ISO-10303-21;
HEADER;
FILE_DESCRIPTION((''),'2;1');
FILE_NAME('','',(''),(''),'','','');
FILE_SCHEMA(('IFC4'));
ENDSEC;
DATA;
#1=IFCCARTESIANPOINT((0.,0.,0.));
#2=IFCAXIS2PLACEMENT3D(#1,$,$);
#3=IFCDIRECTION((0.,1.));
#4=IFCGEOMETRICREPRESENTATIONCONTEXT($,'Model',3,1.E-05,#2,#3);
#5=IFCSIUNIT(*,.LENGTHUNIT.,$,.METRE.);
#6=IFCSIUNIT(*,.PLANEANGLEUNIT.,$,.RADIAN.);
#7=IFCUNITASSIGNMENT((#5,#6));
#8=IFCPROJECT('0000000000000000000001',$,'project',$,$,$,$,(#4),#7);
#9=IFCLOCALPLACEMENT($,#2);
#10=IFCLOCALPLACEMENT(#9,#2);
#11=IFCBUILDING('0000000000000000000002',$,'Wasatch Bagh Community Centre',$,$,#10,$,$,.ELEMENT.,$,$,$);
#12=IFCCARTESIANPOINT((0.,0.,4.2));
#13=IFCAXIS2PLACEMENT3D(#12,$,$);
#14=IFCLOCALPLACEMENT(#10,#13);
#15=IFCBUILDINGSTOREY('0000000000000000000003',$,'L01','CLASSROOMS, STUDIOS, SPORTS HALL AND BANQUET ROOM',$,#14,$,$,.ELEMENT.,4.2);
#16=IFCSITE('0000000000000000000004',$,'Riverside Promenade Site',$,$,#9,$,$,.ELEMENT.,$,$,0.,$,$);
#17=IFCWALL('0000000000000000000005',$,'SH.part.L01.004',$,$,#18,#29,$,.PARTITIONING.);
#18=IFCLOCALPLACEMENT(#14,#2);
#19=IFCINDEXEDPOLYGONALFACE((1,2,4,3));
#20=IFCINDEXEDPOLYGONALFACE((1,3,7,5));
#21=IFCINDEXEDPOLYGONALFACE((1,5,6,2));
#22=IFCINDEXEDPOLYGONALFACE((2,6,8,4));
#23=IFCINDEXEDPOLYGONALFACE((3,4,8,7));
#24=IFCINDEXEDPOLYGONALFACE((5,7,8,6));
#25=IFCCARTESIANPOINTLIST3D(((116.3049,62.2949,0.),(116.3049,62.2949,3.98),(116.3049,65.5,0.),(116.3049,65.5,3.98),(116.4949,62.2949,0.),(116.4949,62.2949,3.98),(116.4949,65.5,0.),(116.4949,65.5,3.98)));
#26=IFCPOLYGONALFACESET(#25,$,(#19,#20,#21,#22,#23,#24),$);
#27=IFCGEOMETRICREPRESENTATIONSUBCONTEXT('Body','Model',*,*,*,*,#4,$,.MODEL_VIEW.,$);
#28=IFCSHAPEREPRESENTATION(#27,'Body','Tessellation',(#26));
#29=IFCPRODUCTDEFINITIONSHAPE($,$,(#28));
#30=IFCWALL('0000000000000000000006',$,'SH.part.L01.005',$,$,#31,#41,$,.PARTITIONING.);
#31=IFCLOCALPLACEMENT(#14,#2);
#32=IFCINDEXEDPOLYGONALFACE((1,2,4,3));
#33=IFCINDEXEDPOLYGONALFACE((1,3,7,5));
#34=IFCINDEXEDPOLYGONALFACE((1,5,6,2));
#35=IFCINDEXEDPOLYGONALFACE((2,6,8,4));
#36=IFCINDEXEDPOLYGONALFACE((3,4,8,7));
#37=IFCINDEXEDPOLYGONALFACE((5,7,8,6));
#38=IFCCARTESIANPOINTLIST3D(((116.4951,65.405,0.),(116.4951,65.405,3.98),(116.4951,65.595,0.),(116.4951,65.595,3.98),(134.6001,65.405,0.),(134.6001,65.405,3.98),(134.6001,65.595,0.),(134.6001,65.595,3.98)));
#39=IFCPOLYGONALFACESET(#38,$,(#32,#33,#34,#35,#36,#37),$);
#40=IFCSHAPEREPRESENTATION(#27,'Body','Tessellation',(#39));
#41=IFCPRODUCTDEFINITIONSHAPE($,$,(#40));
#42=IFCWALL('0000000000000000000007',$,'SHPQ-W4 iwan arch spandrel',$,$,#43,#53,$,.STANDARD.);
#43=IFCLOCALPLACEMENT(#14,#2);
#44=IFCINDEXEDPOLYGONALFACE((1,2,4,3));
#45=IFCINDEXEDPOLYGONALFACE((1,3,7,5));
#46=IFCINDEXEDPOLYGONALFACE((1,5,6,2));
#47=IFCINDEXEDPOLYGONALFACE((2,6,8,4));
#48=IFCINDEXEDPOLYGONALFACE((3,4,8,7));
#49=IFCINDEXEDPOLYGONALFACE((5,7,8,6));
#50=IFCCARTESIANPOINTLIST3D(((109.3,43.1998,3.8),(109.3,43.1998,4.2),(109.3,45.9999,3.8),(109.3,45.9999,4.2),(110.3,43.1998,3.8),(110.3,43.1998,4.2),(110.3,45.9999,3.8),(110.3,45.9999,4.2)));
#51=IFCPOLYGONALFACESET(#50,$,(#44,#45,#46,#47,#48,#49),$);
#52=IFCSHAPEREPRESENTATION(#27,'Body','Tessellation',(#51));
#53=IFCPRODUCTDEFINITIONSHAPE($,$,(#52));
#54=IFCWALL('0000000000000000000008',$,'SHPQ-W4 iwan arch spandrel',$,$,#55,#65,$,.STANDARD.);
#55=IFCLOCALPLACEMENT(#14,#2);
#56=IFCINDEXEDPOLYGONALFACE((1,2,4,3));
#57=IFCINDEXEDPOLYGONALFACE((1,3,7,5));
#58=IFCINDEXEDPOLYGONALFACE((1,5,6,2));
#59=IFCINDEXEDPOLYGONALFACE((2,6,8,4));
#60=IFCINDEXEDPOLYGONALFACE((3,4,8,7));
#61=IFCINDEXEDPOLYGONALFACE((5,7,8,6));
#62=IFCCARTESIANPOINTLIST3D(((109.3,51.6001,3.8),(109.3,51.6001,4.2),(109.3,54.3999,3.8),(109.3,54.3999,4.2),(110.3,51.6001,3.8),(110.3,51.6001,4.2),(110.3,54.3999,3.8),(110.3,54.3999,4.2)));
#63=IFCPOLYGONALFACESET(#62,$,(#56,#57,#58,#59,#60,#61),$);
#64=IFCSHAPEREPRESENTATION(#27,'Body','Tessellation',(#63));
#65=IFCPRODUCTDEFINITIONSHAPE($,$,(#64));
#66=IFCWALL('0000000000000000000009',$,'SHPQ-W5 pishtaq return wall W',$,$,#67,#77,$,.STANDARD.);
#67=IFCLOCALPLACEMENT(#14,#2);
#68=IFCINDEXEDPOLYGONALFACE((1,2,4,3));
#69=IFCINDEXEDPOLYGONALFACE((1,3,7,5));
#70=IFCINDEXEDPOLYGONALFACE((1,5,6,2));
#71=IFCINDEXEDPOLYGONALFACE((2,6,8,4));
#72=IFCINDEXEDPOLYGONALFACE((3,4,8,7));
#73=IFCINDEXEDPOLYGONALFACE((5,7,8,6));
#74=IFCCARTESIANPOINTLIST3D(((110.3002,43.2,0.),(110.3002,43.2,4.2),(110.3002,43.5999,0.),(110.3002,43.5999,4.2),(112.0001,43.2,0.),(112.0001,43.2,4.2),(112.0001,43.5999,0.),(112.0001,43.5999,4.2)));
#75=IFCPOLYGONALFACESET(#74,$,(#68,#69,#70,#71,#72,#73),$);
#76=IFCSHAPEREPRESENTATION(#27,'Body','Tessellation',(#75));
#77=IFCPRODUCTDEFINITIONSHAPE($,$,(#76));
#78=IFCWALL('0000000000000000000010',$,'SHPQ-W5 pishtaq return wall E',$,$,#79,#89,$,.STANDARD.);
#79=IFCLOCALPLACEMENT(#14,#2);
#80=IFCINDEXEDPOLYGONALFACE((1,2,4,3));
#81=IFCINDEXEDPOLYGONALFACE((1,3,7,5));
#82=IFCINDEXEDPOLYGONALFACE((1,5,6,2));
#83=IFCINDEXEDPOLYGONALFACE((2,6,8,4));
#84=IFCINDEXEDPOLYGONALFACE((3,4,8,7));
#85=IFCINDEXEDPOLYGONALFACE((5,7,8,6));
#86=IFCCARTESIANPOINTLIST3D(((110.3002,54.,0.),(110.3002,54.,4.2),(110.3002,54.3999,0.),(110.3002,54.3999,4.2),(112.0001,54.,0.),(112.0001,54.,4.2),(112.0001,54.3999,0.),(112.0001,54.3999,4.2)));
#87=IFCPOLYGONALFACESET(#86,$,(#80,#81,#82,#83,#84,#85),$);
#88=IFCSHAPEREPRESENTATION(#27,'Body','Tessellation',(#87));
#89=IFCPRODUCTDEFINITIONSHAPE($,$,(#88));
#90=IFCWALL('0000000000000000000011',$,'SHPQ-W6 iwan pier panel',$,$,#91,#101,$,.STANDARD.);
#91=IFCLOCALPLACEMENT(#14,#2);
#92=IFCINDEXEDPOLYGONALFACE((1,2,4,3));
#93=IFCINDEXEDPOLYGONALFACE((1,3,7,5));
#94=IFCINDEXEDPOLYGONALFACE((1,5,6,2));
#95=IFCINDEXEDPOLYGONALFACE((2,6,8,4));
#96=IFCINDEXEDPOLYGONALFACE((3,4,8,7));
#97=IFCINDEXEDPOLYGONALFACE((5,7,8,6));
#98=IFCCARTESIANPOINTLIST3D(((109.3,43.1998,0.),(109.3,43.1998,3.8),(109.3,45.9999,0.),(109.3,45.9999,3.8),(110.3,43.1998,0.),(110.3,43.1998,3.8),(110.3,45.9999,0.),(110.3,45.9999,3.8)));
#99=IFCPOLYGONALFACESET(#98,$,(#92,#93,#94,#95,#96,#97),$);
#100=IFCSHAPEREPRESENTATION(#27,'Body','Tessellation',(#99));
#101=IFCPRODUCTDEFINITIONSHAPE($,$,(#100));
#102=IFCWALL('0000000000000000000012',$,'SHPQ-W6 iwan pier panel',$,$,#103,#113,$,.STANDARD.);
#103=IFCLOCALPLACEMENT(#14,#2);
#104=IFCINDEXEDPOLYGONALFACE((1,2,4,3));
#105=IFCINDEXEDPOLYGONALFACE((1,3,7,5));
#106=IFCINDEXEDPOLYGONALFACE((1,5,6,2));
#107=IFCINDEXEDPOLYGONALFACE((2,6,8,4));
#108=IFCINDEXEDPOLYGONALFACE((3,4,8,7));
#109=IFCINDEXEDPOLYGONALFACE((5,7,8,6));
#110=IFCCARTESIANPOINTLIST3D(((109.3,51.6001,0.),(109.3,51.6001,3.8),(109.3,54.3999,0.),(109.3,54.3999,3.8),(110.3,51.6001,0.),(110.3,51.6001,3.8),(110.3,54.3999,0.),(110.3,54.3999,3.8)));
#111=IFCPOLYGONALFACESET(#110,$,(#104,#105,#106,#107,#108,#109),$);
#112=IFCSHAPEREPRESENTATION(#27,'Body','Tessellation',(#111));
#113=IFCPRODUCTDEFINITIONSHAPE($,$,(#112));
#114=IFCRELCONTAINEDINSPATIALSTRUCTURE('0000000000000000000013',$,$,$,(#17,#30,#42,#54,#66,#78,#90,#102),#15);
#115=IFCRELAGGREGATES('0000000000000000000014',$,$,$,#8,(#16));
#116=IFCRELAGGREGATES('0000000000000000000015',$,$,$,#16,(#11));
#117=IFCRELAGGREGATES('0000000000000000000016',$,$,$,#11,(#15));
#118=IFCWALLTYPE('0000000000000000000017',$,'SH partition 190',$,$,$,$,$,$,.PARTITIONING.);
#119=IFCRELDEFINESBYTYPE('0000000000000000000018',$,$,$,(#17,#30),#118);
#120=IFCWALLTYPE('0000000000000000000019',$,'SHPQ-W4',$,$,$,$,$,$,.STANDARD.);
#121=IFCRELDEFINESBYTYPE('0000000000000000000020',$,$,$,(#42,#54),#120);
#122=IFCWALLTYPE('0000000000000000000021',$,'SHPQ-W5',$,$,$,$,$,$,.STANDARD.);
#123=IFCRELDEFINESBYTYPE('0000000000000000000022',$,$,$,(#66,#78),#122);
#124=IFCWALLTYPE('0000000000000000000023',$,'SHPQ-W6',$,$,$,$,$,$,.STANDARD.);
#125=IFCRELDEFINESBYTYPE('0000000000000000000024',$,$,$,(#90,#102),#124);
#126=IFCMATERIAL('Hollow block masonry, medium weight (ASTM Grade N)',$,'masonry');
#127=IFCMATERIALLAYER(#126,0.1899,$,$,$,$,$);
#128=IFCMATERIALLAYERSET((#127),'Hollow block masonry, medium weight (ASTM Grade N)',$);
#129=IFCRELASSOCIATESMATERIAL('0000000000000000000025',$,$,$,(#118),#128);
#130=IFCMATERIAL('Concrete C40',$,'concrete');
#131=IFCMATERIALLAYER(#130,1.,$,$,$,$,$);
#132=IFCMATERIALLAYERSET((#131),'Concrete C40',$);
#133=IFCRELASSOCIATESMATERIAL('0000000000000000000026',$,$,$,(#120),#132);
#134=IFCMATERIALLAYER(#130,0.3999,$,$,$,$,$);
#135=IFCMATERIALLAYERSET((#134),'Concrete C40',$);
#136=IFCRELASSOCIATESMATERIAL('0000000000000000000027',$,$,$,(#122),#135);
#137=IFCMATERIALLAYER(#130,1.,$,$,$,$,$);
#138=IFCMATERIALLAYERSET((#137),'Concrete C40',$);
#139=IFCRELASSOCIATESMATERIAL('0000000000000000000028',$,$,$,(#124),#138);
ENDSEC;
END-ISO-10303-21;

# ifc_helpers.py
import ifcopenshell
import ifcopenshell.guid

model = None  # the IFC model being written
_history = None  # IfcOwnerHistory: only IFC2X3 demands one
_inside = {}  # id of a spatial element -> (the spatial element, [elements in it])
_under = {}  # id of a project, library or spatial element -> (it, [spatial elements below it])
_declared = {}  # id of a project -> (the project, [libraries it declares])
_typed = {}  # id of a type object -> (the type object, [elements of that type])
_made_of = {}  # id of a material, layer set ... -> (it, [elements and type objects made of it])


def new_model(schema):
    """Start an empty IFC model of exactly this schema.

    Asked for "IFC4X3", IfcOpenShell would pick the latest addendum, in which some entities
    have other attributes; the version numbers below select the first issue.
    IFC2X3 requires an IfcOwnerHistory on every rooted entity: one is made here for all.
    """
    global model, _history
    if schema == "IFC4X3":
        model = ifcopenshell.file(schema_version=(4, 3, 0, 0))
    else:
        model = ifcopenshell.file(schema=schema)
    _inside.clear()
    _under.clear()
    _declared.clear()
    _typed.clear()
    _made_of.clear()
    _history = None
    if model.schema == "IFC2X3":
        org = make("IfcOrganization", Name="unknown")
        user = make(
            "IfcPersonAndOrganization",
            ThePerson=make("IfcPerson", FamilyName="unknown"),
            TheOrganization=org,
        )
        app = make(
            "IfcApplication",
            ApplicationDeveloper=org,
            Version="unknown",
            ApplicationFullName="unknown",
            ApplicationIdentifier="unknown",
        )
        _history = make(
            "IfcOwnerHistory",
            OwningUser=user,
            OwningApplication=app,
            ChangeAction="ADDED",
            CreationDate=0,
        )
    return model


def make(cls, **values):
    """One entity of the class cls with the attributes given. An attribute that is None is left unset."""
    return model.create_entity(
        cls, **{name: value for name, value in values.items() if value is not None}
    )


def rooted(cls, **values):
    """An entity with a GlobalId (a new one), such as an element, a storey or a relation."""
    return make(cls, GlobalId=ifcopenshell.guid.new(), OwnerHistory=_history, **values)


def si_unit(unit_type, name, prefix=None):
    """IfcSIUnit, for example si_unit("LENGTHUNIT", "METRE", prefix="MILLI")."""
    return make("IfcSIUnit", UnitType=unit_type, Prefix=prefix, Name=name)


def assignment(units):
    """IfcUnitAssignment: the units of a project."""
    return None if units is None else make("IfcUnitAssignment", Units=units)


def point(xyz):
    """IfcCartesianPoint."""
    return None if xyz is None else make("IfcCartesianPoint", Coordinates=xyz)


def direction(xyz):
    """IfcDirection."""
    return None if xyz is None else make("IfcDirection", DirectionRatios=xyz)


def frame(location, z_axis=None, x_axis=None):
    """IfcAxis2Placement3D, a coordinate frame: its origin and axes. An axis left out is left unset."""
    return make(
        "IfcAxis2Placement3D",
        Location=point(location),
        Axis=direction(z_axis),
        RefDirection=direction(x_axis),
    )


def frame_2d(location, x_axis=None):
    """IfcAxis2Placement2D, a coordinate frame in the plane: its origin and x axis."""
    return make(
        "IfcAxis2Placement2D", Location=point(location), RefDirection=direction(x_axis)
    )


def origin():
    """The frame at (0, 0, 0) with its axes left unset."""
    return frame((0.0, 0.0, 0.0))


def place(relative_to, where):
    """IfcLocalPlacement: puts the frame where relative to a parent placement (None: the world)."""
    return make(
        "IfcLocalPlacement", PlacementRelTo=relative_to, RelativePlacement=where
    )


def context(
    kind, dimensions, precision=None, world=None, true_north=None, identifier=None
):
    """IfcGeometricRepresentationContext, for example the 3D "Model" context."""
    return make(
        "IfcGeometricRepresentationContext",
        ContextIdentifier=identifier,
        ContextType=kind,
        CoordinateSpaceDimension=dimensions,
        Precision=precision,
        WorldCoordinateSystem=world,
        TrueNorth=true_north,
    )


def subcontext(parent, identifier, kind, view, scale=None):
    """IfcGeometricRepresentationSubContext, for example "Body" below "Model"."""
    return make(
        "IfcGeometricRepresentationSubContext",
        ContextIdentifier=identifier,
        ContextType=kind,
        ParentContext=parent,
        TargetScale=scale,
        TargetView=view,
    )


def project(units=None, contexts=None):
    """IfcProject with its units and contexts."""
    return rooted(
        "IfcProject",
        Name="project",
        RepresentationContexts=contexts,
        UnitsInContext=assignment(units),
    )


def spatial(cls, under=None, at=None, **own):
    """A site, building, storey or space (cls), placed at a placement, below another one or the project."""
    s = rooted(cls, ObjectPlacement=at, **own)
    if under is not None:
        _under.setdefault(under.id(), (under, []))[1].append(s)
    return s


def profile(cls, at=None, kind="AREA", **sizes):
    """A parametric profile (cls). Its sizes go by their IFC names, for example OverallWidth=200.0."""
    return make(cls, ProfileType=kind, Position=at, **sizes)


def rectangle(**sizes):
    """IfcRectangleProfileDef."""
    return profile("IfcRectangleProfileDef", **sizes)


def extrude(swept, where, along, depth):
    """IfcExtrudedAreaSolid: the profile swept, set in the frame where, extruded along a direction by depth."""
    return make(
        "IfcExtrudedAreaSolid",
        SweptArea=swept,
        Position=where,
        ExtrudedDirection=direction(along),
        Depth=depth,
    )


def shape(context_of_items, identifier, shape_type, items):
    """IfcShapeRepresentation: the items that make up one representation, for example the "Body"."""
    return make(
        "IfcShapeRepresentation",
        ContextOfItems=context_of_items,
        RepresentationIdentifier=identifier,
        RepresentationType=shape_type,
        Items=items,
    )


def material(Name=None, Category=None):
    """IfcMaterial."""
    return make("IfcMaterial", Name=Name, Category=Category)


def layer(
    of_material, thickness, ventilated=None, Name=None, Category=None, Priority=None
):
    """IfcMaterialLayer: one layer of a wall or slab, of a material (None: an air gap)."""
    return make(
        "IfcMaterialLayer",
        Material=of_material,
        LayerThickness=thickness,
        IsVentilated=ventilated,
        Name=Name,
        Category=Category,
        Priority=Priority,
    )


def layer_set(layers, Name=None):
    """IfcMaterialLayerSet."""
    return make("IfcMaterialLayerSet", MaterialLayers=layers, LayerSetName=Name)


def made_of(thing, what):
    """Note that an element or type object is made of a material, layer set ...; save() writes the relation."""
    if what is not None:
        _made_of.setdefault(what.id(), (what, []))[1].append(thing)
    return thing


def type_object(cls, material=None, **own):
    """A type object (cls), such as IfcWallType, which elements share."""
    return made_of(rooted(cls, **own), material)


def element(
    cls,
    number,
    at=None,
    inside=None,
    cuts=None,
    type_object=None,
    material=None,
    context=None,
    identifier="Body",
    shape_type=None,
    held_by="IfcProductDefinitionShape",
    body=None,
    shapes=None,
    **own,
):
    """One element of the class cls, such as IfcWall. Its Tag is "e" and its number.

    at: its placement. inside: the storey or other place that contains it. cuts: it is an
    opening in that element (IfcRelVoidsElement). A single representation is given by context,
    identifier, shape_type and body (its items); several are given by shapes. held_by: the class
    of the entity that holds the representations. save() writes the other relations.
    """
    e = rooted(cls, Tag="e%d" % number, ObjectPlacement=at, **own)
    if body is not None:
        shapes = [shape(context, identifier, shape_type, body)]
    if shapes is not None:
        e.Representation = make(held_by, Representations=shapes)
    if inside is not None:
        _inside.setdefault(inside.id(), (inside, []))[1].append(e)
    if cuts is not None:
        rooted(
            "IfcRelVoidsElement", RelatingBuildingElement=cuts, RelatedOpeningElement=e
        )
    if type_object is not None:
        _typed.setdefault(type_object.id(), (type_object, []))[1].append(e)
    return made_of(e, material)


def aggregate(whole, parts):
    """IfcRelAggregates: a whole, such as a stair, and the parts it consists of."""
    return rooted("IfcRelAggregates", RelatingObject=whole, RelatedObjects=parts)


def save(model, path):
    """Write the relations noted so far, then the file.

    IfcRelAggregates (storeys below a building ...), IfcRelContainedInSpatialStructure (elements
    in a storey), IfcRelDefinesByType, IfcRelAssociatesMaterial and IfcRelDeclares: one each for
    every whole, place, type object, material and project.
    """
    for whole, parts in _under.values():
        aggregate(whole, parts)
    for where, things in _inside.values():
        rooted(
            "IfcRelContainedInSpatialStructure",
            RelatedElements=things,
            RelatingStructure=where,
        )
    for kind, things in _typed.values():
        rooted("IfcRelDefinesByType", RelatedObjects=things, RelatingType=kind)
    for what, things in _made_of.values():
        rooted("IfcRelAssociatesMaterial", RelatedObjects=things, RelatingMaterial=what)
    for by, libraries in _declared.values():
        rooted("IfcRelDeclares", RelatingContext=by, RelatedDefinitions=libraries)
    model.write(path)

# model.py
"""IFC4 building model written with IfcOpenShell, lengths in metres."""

from ifc_helpers import new_model, si_unit, direction, frame, frame_2d, origin, place, context, subcontext, project, spatial, rectangle, extrude, material, layer, layer_set, type_object, element, save


model = new_model("IFC4")

# Units and contexts
model_context = context("Model", 3, precision=1e-05, world=origin(), true_north=direction((0.0, 1.0)))
body_context = subcontext(model_context, "Body", "Model", "MODEL_VIEW")
ifc_project = project(units=[si_unit("LENGTHUNIT", "METRE"), si_unit("PLANEANGLEUNIT", "RADIAN")], contexts=[model_context])

# Site, building, storey
site_placement = place(None, origin())
site = spatial("IfcSite", under=ifc_project, at=site_placement, Name="Riverside Promenade Site", CompositionType="ELEMENT", RefElevation=0.0)
building_placement = place(site_placement, origin())
building = spatial("IfcBuilding", under=site, at=building_placement, Name="Wasatch Bagh Community Centre", CompositionType="ELEMENT")
storey_placement = place(building_placement, frame((0.0, 0.0, 4.2)))
storey = spatial("IfcBuildingStorey", under=building, at=storey_placement, Name="L01", Description="CLASSROOMS, STUDIOS, SPORTS HALL AND BANQUET ROOM", CompositionType="ELEMENT", Elevation=4.2)

# Shared definitions
ifc_material_1 = material(Name="Concrete C40", Category="concrete")

# Walls
ifc_material_2 = material(Name="Hollow block masonry, medium weight (ASTM Grade N)", Category="masonry")
ifc_layer_1 = layer(ifc_material_2, 0.1899)
ifc_layer_set_1 = layer_set([ifc_layer_1], Name="Hollow block masonry, medium weight (ASTM Grade N)")
wall_type_1 = type_object("IfcWallType", Name="SH partition 190", PredefinedType="PARTITIONING", material=ifc_layer_set_1)
wall_1_placement = place(storey_placement, frame((116.3999, 62.2949, 0.0), z_axis=(0.0, 0.0, 1.0), x_axis=(0.0, 1.0, 0.0)))
element("IfcWall", 1, at=wall_1_placement, inside=storey, type_object=wall_type_1, Name="SH.part.L01.004", PredefinedType="PARTITIONING", context=body_context, shape_type="SweptSolid", body=[
    extrude(rectangle(XDim=3.2051, YDim=0.1899, at=frame_2d((1.6025, 0.0))), origin(), (0.0, 0.0, 1.0), 3.98),
])
wall_2_placement = place(storey_placement, frame((116.4951, 65.5, 0.0), z_axis=(0.0, 0.0, 1.0), x_axis=(1.0, 0.0, 0.0)))
element("IfcWall", 2, at=wall_2_placement, inside=storey, type_object=wall_type_1, Name="SH.part.L01.005", PredefinedType="PARTITIONING", context=body_context, shape_type="SweptSolid", body=[
    extrude(rectangle(XDim=18.105, YDim=0.1899, at=frame_2d((9.0525, 0.0))), origin(), (0.0, 0.0, 1.0), 3.98),
])
ifc_layer_2 = layer(ifc_material_1, 1.0)
ifc_layer_set_2 = layer_set([ifc_layer_2], Name="Concrete C40")
wall_type_2 = type_object("IfcWallType", Name="SHPQ-W4", PredefinedType="STANDARD", material=ifc_layer_set_2)
wall_3_placement = place(storey_placement, frame((109.8, 43.2, 3.8), z_axis=(0.0, 0.0, 1.0), x_axis=(0.0, 1.0, 0.0)))
element("IfcWall", 3, at=wall_3_placement, inside=storey, type_object=wall_type_2, Name="SHPQ-W4 iwan arch spandrel", PredefinedType="STANDARD", context=body_context, shape_type="SweptSolid", body=[
    extrude(rectangle(XDim=2.8, YDim=1.0, at=frame_2d((1.3999, 0.0))), origin(), (0.0, 0.0, 1.0), 0.3999),
])
wall_4_placement = place(storey_placement, frame((109.8, 54.3999, 3.8), z_axis=(0.0, 0.0, 1.0), x_axis=(0.0, -1.0, 0.0)))
element("IfcWall", 4, at=wall_4_placement, inside=storey, type_object=wall_type_2, Name="SHPQ-W4 iwan arch spandrel", PredefinedType="STANDARD", context=body_context, shape_type="SweptSolid", body=[
    extrude(rectangle(XDim=2.7998, YDim=1.0, at=frame_2d((1.3999, 0.0))), origin(), (0.0, 0.0, 1.0), 0.3999),
])
ifc_layer_3 = layer(ifc_material_1, 0.3999)
ifc_layer_set_3 = layer_set([ifc_layer_3], Name="Concrete C40")
wall_type_3 = type_object("IfcWallType", Name="SHPQ-W5", PredefinedType="STANDARD", material=ifc_layer_set_3)
for number, where, z_axis, x_axis, name in (
    (5, (110.3, 43.3999, 0.0), (0.0, 0.0, 1.0), (1.0, 0.0, 0.0), "SHPQ-W5 pishtaq return wall W"),
    (6, (110.3, 54.2, 0.0), (0.0, 0.0, 1.0), (1.0, 0.0, 0.0), "SHPQ-W5 pishtaq return wall E"),
):
    element("IfcWall", number, at=place(storey_placement, frame(where, z_axis=z_axis, x_axis=x_axis)), inside=storey, type_object=wall_type_3, Name=name, PredefinedType="STANDARD", context=body_context, shape_type="SweptSolid", body=[
        extrude(rectangle(XDim=1.7, YDim=0.3999, at=frame_2d((0.8501, 0.0))), origin(), (0.0, 0.0, 1.0), 4.2),
    ])
ifc_layer_4 = layer(ifc_material_1, 1.0)
ifc_layer_set_4 = layer_set([ifc_layer_4], Name="Concrete C40")
wall_type_4 = type_object("IfcWallType", Name="SHPQ-W6", PredefinedType="STANDARD", material=ifc_layer_set_4)
wall_5_placement = place(storey_placement, frame((109.8, 43.2, 0.0), z_axis=(0.0, 0.0, 1.0), x_axis=(0.0, 1.0, 0.0)))
element("IfcWall", 7, at=wall_5_placement, inside=storey, type_object=wall_type_4, Name="SHPQ-W6 iwan pier panel", PredefinedType="STANDARD", context=body_context, shape_type="SweptSolid", body=[
    extrude(rectangle(XDim=2.8, YDim=1.0, at=frame_2d((1.3999, 0.0))), origin(), (0.0, 0.0, 1.0), 3.8),
])
wall_6_placement = place(storey_placement, frame((109.8, 54.3999, 0.0), z_axis=(0.0, 0.0, 1.0), x_axis=(0.0, -1.0, 0.0)))
element("IfcWall", 8, at=wall_6_placement, inside=storey, type_object=wall_type_4, Name="SHPQ-W6 iwan pier panel", PredefinedType="STANDARD", context=body_context, shape_type="SweptSolid", body=[
    extrude(rectangle(XDim=2.7998, YDim=1.0, at=frame_2d((1.3999, 0.0))), origin(), (0.0, 0.0, 1.0), 3.8),
])

save(model, "model.ifc")
